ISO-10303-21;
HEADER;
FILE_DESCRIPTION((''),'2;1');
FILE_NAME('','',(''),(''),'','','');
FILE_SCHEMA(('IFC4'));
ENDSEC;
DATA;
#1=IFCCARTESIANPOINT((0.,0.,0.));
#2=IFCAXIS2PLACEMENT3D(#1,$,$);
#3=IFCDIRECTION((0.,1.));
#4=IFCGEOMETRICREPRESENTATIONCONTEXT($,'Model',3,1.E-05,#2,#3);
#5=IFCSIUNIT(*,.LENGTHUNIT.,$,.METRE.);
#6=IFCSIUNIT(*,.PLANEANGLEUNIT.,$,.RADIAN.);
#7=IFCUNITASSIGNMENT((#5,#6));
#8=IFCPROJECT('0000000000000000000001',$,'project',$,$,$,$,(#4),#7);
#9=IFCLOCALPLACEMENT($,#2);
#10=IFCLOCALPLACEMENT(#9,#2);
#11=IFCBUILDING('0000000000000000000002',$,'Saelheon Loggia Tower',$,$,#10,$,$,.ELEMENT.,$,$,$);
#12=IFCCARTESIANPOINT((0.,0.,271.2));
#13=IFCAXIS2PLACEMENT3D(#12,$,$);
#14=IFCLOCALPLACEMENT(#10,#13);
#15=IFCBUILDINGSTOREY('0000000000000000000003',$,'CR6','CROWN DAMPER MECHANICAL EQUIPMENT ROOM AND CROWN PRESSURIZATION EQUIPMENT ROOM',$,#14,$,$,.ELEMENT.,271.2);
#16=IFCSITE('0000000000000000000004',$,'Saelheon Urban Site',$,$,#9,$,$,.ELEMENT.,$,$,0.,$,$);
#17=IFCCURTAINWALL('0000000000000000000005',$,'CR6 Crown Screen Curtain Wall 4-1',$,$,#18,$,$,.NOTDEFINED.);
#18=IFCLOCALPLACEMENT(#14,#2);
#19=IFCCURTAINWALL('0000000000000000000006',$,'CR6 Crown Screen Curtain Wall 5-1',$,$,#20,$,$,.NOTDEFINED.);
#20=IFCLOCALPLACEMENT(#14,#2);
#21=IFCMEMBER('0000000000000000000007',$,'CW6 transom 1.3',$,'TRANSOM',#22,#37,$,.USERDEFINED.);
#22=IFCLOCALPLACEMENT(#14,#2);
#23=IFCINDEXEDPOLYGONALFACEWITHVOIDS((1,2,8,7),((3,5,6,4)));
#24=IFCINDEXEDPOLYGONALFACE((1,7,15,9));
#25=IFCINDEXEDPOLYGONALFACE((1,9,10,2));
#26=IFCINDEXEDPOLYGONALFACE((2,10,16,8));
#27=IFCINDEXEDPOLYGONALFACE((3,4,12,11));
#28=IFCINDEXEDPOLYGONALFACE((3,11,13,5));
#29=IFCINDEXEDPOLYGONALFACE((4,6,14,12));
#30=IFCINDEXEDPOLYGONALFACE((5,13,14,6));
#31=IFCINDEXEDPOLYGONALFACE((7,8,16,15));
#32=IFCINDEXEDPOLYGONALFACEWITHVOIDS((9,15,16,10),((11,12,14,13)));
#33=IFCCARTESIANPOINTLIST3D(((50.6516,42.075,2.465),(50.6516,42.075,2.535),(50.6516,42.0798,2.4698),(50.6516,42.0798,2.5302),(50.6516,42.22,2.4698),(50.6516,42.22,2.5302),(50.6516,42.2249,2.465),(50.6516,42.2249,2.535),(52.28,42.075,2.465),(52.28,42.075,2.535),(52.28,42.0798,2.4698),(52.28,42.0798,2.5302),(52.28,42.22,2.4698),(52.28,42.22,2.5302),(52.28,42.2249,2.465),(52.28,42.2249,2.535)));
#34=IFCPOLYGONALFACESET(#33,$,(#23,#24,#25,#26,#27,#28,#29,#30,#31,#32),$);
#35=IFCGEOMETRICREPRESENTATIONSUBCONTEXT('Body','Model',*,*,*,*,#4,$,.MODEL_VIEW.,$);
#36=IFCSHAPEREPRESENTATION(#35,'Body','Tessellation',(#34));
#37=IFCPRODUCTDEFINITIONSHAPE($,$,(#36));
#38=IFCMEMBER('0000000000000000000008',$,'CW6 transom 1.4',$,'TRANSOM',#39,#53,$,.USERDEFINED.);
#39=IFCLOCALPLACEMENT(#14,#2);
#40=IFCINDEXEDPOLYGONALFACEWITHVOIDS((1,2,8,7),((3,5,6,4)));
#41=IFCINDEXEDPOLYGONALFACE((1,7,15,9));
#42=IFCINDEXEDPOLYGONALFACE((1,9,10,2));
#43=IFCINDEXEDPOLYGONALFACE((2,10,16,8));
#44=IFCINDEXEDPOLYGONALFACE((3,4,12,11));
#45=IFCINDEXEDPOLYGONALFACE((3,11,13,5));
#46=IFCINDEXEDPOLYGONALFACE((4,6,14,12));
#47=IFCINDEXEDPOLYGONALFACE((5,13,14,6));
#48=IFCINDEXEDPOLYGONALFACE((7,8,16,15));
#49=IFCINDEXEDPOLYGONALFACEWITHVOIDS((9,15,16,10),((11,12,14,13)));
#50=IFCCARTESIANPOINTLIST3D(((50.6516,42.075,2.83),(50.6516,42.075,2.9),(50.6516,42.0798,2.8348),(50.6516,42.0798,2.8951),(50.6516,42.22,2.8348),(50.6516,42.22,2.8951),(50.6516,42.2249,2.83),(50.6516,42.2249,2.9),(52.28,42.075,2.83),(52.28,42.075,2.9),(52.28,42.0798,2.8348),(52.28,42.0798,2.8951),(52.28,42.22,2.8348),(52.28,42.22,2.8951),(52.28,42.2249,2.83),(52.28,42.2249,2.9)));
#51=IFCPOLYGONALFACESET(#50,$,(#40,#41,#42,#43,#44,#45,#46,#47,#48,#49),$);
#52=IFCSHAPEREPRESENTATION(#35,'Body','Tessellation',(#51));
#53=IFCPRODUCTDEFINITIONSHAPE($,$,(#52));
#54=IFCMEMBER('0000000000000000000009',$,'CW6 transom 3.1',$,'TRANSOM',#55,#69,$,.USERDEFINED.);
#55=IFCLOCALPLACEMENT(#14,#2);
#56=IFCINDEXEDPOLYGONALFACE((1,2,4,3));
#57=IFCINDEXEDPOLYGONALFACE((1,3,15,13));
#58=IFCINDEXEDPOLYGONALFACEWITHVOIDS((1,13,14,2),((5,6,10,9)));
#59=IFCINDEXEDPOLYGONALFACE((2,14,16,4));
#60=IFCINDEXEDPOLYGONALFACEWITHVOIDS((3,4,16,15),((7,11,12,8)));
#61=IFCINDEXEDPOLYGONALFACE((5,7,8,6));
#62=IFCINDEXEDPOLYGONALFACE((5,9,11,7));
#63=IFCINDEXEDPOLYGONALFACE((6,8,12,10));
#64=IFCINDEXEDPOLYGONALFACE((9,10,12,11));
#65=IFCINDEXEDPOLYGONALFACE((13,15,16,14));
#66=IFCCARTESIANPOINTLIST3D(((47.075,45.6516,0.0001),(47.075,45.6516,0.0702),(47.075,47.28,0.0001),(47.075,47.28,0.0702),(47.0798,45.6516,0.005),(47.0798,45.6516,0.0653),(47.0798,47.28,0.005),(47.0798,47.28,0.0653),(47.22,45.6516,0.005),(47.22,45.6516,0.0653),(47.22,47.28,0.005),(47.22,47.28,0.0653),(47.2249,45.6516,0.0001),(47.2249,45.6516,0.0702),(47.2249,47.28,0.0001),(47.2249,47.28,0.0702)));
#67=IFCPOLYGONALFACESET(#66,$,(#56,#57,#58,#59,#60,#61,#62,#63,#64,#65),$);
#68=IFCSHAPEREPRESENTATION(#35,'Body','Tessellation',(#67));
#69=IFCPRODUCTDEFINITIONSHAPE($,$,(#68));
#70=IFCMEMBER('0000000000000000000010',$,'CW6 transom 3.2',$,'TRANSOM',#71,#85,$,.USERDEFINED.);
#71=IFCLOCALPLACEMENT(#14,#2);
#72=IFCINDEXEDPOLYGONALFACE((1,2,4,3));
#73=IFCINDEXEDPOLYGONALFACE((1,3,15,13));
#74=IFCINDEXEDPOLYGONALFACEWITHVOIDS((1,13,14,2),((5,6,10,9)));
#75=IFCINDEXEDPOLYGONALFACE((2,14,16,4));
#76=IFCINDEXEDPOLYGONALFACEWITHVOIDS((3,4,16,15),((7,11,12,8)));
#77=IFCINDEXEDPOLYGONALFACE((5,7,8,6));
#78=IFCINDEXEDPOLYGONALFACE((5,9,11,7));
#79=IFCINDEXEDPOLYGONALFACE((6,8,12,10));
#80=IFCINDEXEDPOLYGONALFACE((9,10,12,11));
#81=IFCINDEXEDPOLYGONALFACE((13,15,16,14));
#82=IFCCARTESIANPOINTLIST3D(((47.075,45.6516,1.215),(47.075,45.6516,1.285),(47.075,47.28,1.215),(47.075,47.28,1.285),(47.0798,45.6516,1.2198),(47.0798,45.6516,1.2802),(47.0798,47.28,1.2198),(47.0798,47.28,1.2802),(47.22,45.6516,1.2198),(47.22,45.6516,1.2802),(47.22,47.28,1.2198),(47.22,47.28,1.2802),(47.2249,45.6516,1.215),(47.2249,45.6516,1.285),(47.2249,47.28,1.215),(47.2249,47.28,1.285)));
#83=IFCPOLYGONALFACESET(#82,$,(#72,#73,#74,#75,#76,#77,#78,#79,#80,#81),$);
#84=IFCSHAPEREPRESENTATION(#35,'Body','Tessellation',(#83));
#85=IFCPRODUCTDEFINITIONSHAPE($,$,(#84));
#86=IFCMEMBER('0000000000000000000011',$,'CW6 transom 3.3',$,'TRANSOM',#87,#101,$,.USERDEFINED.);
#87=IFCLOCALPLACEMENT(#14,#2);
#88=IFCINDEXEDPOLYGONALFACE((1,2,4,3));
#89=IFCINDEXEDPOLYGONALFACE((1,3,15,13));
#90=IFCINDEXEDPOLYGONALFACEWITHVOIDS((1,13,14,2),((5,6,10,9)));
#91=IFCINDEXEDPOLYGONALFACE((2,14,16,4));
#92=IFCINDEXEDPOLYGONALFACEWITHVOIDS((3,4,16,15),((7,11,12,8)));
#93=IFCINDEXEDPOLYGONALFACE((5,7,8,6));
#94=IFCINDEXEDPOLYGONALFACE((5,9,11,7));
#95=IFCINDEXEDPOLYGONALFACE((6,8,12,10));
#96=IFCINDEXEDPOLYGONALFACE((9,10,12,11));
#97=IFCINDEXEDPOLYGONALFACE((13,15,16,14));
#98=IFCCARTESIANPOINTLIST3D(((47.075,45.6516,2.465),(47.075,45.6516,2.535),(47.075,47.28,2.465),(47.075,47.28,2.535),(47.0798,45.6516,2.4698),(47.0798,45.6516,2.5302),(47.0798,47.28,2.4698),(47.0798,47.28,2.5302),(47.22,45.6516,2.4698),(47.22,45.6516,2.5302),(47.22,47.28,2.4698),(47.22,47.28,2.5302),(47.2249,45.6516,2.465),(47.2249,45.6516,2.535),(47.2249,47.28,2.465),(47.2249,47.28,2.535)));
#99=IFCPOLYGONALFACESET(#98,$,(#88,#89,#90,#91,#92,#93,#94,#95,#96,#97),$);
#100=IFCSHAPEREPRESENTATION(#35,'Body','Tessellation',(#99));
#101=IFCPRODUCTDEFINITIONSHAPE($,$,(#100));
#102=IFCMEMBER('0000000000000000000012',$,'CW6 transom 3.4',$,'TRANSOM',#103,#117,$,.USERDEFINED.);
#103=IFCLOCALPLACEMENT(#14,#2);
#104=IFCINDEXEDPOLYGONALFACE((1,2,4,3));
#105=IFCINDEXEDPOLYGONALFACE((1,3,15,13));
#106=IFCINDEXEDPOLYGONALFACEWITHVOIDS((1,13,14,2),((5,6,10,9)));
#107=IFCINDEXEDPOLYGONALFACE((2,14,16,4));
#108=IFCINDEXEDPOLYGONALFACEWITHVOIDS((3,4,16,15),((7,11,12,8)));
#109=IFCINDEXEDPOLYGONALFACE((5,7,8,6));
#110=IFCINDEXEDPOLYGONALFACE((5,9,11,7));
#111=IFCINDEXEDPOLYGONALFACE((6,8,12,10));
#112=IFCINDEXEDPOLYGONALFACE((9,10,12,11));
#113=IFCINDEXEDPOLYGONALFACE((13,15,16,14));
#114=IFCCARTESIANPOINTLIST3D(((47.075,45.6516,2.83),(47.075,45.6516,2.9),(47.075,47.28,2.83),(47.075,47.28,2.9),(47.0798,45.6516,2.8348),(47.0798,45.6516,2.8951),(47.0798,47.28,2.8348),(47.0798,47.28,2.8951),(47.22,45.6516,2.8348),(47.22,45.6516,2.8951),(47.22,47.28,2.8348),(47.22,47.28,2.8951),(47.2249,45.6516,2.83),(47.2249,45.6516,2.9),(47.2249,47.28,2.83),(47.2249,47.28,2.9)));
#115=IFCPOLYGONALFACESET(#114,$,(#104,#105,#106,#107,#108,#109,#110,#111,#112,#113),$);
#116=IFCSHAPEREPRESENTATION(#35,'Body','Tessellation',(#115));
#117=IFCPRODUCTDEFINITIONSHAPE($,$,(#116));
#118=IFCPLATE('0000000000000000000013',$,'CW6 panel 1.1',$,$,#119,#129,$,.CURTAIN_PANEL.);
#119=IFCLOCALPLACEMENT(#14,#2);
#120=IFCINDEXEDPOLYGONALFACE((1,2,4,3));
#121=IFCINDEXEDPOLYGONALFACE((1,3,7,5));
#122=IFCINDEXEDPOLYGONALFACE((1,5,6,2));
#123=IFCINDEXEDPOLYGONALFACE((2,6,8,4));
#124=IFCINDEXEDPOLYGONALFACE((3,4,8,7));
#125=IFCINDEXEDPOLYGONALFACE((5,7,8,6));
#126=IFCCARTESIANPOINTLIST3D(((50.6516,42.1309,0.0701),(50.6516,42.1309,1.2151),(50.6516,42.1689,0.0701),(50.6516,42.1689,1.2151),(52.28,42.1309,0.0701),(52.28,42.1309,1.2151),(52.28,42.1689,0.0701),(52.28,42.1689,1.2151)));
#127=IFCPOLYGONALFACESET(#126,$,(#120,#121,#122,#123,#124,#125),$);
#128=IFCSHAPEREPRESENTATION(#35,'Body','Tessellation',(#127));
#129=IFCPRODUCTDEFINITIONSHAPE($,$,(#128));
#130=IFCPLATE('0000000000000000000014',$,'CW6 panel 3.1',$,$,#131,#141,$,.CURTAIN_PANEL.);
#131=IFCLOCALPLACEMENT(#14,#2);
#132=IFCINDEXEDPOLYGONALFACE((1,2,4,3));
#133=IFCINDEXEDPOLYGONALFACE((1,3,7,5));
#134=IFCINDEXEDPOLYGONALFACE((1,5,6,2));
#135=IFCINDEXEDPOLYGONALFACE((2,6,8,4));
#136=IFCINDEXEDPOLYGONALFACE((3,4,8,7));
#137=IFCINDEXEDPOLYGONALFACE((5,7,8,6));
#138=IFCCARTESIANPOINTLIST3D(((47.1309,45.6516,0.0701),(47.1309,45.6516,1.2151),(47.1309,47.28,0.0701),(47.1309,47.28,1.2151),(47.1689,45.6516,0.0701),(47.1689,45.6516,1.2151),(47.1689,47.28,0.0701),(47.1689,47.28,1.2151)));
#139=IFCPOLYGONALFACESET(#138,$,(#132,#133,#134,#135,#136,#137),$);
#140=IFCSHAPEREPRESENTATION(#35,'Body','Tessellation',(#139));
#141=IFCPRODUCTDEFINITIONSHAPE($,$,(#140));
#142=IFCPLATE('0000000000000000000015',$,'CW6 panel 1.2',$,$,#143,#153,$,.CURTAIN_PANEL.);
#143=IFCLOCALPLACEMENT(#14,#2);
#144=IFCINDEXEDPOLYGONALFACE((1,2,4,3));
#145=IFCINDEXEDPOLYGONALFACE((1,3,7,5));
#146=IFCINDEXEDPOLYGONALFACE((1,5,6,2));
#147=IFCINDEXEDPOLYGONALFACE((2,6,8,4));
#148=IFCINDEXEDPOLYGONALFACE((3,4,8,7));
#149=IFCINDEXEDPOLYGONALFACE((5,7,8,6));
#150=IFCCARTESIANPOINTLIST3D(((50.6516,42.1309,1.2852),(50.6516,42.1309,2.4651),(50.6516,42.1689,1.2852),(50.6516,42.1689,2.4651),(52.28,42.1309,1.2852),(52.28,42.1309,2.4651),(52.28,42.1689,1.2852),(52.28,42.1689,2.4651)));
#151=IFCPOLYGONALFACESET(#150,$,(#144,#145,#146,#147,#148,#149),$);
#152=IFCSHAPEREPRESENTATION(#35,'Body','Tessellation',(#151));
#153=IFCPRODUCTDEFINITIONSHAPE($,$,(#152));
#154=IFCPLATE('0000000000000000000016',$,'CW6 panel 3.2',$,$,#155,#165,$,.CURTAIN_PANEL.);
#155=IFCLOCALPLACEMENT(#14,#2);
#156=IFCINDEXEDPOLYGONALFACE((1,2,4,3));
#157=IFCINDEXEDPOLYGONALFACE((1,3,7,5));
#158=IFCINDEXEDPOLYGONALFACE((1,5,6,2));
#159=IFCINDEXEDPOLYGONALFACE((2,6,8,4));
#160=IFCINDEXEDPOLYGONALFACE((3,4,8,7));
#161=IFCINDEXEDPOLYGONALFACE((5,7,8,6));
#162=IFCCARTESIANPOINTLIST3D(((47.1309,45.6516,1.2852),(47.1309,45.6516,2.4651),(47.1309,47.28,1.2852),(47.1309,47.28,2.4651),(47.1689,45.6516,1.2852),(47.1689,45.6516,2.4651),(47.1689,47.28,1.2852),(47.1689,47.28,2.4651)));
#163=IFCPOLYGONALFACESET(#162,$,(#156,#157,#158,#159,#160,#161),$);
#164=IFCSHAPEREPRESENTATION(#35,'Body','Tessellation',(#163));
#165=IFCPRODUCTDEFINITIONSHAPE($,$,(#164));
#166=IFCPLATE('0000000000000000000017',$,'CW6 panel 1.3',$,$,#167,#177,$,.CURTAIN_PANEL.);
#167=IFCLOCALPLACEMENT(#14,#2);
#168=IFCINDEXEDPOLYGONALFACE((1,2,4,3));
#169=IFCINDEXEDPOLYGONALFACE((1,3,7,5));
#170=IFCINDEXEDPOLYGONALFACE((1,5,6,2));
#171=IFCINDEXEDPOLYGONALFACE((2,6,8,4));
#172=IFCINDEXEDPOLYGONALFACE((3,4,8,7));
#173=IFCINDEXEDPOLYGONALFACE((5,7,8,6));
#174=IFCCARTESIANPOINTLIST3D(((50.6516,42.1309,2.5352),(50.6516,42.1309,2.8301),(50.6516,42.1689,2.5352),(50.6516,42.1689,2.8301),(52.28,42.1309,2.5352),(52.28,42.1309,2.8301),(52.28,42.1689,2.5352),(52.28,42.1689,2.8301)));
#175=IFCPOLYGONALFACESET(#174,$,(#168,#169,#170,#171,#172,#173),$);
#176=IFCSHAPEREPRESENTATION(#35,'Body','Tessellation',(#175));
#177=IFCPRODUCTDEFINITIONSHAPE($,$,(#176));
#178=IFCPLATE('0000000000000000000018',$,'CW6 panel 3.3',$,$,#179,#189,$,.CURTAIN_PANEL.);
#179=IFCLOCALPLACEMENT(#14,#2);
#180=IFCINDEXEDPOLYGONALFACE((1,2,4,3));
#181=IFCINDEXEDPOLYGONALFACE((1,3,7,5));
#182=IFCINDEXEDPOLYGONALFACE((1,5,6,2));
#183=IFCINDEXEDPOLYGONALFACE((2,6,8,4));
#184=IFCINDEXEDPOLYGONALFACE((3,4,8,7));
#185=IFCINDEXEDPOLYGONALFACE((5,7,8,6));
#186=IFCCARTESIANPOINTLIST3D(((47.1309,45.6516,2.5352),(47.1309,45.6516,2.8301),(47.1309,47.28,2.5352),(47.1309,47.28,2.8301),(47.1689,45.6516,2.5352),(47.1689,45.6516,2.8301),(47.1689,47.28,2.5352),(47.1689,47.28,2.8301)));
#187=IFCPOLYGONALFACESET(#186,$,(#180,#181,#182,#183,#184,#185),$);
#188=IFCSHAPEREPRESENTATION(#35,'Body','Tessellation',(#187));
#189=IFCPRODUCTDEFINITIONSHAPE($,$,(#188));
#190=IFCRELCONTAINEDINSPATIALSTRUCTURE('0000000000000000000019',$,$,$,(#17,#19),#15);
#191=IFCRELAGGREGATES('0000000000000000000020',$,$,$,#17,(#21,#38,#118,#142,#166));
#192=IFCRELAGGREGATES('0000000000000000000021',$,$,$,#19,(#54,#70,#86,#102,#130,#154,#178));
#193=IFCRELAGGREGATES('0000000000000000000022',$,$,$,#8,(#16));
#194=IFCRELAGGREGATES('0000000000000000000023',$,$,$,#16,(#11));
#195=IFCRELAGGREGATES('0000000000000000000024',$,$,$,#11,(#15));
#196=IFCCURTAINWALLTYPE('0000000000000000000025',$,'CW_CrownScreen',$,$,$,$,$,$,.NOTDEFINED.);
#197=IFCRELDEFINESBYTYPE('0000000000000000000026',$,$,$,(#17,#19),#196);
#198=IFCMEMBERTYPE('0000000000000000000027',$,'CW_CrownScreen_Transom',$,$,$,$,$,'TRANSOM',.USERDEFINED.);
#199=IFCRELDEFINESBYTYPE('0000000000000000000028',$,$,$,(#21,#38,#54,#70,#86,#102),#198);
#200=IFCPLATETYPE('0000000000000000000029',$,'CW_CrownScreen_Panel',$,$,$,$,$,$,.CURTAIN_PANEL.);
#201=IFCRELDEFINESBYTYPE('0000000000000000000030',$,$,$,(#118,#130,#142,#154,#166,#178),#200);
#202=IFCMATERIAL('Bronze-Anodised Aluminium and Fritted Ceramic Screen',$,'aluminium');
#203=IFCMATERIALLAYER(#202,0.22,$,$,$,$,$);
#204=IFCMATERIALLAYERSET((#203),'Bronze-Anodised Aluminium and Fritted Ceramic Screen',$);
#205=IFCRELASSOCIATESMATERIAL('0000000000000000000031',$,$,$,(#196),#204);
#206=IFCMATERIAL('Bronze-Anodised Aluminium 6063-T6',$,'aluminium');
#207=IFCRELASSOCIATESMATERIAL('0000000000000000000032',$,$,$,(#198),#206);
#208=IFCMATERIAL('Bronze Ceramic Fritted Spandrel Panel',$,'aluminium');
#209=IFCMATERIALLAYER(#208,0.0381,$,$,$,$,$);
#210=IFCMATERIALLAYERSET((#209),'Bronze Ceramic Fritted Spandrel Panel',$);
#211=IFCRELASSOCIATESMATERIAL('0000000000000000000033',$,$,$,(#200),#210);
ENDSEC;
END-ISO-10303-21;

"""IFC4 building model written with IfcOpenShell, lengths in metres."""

from ifc_helpers import new_model, si_unit, direction, frame, origin, origin_2d, place, context, subcontext, project, spatial, rectangle, hollow_rectangle, extrude, source, transform, mapped, material, layer, layer_set, material_profile, profile_set, type_object, element, aggregate, save


model = new_model("IFC4")

# Units and contexts
model_context = context("Model", 3, precision=1e-05, world=origin(), true_north=direction((0.0, 1.0)))
body_context = subcontext(model_context, "Body", "Model", "MODEL_VIEW")
ifc_project = project(units=[si_unit("LENGTHUNIT", "METRE"), si_unit("PLANEANGLEUNIT", "RADIAN")], contexts=[model_context])

# Site, building, storey
site_placement = place(None, origin())
site = spatial("IfcSite", under=ifc_project, at=site_placement, Name="Saelheon Urban Site", CompositionType="ELEMENT", RefElevation=0.0)
building_placement = place(site_placement, origin())
building = spatial("IfcBuilding", under=site, at=building_placement, Name="Saelheon Loggia Tower", CompositionType="ELEMENT")
storey_placement = place(building_placement, frame((0.0, 0.0, 271.2)))
storey = spatial("IfcBuildingStorey", under=building, at=storey_placement, Name="CR6", Description="CROWN DAMPER MECHANICAL EQUIPMENT ROOM AND CROWN PRESSURIZATION EQUIPMENT ROOM", CompositionType="ELEMENT", Elevation=271.2)

# Curtain walls
ifc_material_1 = material(Name="Bronze-Anodised Aluminium and Fritted Ceramic Screen", Category="aluminium")
ifc_layer_1 = layer(ifc_material_1, 0.22)
ifc_layer_set_1 = layer_set([ifc_layer_1], Name="Bronze-Anodised Aluminium and Fritted Ceramic Screen")
curtain_wall_type = type_object("IfcCurtainWallType", Name="CW_CrownScreen", PredefinedType="NOTDEFINED", material=ifc_layer_set_1)
curtain_wall_1_placement = place(storey_placement, origin())
curtain_wall_1 = element("IfcCurtainWall", 1, at=curtain_wall_1_placement, inside=storey, type_object=curtain_wall_type, Name="CR6 Crown Screen Curtain Wall 4-1", PredefinedType="NOTDEFINED")
ifc_material_2 = material(Name="Bronze-Anodised Aluminium 6063-T6", Category="aluminium")
curtain_wall_2_placement = place(storey_placement, origin())
curtain_wall_2 = element("IfcCurtainWall", 2, at=curtain_wall_2_placement, inside=storey, type_object=curtain_wall_type, Name="CR6 Crown Screen Curtain Wall 5-1", PredefinedType="NOTDEFINED")

# Members
ifc_material_profile_1 = material_profile(ifc_material_2, hollow_rectangle(XDim=0.0701, YDim=0.1499, WallThickness=0.0049, at=origin_2d()), Name="RHS-150x70x5")
ifc_profile_set_1 = profile_set([ifc_material_profile_1], Name="Bronze-Anodised Aluminium 6063-T6")
member_type_1 = type_object("IfcMemberType", Name="CW_CrownScreen_Transom", ElementType="TRANSOM", PredefinedType="USERDEFINED", material=ifc_profile_set_1)
shared_shape_1 = source(origin(), body_context, "Body", "SweptSolid", [
    extrude(hollow_rectangle(XDim=0.0701, YDim=0.1499, WallThickness=0.0049, at=origin_2d()), origin(), (0.0, 0.0, 1.0), 1.6284),
])
member_1_placement = place(storey_placement, frame((52.28, 42.1499, 2.5), z_axis=(-1.0, 0.0, 0.0), x_axis=(0.0, 0.0, 1.0)))
member_1 = element("IfcMember", 3, at=member_1_placement, type_object=member_type_1, Name="CW6 transom 1.3", ObjectType="TRANSOM", PredefinedType="USERDEFINED", context=body_context, shape_type="MappedRepresentation", body=[
    mapped(shared_shape_1, transform((0.0, 0.0, 0.0), scale=1.0)),
])
member_2_placement = place(storey_placement, frame((52.28, 42.1499, 2.865), z_axis=(-1.0, 0.0, 0.0), x_axis=(0.0, 0.0, 1.0)))
member_2 = element("IfcMember", 4, at=member_2_placement, type_object=member_type_1, Name="CW6 transom 1.4", ObjectType="TRANSOM", PredefinedType="USERDEFINED", context=body_context, shape_type="MappedRepresentation", body=[
    mapped(shared_shape_1, transform((0.0, 0.0, 0.0), scale=1.0)),
])
member_3_placement = place(storey_placement, frame((47.1499, 45.6516, 0.0352), z_axis=(0.0, 1.0, 0.0), x_axis=(0.0, 0.0, 1.0)))
member_3 = element("IfcMember", 5, at=member_3_placement, type_object=member_type_1, Name="CW6 transom 3.1", ObjectType="TRANSOM", PredefinedType="USERDEFINED", context=body_context, shape_type="MappedRepresentation", body=[
    mapped(shared_shape_1, transform((0.0, 0.0, 0.0), scale=1.0)),
])
member_4_placement = place(storey_placement, frame((47.1499, 45.6516, 1.25), z_axis=(0.0, 1.0, 0.0), x_axis=(0.0, 0.0, 1.0)))
member_4 = element("IfcMember", 6, at=member_4_placement, type_object=member_type_1, Name="CW6 transom 3.2", ObjectType="TRANSOM", PredefinedType="USERDEFINED", context=body_context, shape_type="MappedRepresentation", body=[
    mapped(shared_shape_1, transform((0.0, 0.0, 0.0), scale=1.0)),
])
member_5_placement = place(storey_placement, frame((47.1499, 45.6516, 2.5), z_axis=(0.0, 1.0, 0.0), x_axis=(0.0, 0.0, 1.0)))
member_5 = element("IfcMember", 7, at=member_5_placement, type_object=member_type_1, Name="CW6 transom 3.3", ObjectType="TRANSOM", PredefinedType="USERDEFINED", context=body_context, shape_type="MappedRepresentation", body=[
    mapped(shared_shape_1, transform((0.0, 0.0, 0.0), scale=1.0)),
])
member_6_placement = place(storey_placement, frame((47.1499, 45.6516, 2.865), z_axis=(0.0, 1.0, 0.0), x_axis=(0.0, 0.0, 1.0)))
member_6 = element("IfcMember", 8, at=member_6_placement, type_object=member_type_1, Name="CW6 transom 3.4", ObjectType="TRANSOM", PredefinedType="USERDEFINED", context=body_context, shape_type="MappedRepresentation", body=[
    mapped(shared_shape_1, transform((0.0, 0.0, 0.0), scale=1.0)),
])

# Plates
ifc_material_3 = material(Name="Bronze Ceramic Fritted Spandrel Panel", Category="aluminium")
ifc_layer_2 = layer(ifc_material_3, 0.0381)
ifc_layer_set_2 = layer_set([ifc_layer_2], Name="Bronze Ceramic Fritted Spandrel Panel")
plate_type = type_object("IfcPlateType", Name="CW_CrownScreen_Panel", PredefinedType="CURTAIN_PANEL", material=ifc_layer_set_2)
shared_shape_2 = source(origin(), body_context, "Body", "SweptSolid", [
    extrude(rectangle(XDim=1.6284, YDim=0.0381, at=origin_2d()), origin(), (0.0, 0.0, 1.0), 1.145),
])
plate_1_placement = place(storey_placement, frame((51.4658, 42.1499, 0.0701), z_axis=(0.0, 0.0, 1.0), x_axis=(-1.0, 0.0, 0.0)))
plate_1 = element("IfcPlate", 9, at=plate_1_placement, type_object=plate_type, Name="CW6 panel 1.1", PredefinedType="CURTAIN_PANEL", context=body_context, shape_type="MappedRepresentation", body=[
    mapped(shared_shape_2, transform((0.0, 0.0, 0.0), scale=1.0)),
])
plate_2_placement = place(storey_placement, frame((47.1499, 46.4658, 0.0701), z_axis=(0.0, 0.0, 1.0), x_axis=(0.0, 1.0, 0.0)))
plate_2 = element("IfcPlate", 10, at=plate_2_placement, type_object=plate_type, Name="CW6 panel 3.1", PredefinedType="CURTAIN_PANEL", context=body_context, shape_type="MappedRepresentation", body=[
    mapped(shared_shape_2, transform((0.0, 0.0, 0.0), scale=1.0)),
])
shared_shape_3 = source(origin(), body_context, "Body", "SweptSolid", [
    extrude(rectangle(XDim=1.6284, YDim=0.0381, at=origin_2d()), origin(), (0.0, 0.0, 1.0), 1.1799),
])
plate_3_placement = place(storey_placement, frame((51.4658, 42.1499, 1.2852), z_axis=(0.0, 0.0, 1.0), x_axis=(-1.0, 0.0, 0.0)))
plate_3 = element("IfcPlate", 11, at=plate_3_placement, type_object=plate_type, Name="CW6 panel 1.2", PredefinedType="CURTAIN_PANEL", context=body_context, shape_type="MappedRepresentation", body=[
    mapped(shared_shape_3, transform((0.0, 0.0, 0.0), scale=1.0)),
])
plate_4_placement = place(storey_placement, frame((47.1499, 46.4658, 1.2852), z_axis=(0.0, 0.0, 1.0), x_axis=(0.0, 1.0, 0.0)))
plate_4 = element("IfcPlate", 12, at=plate_4_placement, type_object=plate_type, Name="CW6 panel 3.2", PredefinedType="CURTAIN_PANEL", context=body_context, shape_type="MappedRepresentation", body=[
    mapped(shared_shape_3, transform((0.0, 0.0, 0.0), scale=1.0)),
])
shared_shape_4 = source(origin(), body_context, "Body", "SweptSolid", [
    extrude(rectangle(XDim=1.6284, YDim=0.0381, at=origin_2d()), origin(), (0.0, 0.0, 1.0), 0.2949),
])
plate_5_placement = place(storey_placement, frame((51.4658, 42.1499, 2.5352), z_axis=(0.0, 0.0, 1.0), x_axis=(-1.0, 0.0, 0.0)))
plate_5 = element("IfcPlate", 13, at=plate_5_placement, type_object=plate_type, Name="CW6 panel 1.3", PredefinedType="CURTAIN_PANEL", context=body_context, shape_type="MappedRepresentation", body=[
    mapped(shared_shape_4, transform((0.0, 0.0, 0.0), scale=1.0)),
])
aggregate(curtain_wall_1, [member_1, member_2, plate_1, plate_3, plate_5])
plate_6_placement = place(storey_placement, frame((47.1499, 46.4658, 2.5352), z_axis=(0.0, 0.0, 1.0), x_axis=(0.0, 1.0, 0.0)))
plate_6 = element("IfcPlate", 14, at=plate_6_placement, type_object=plate_type, Name="CW6 panel 3.3", PredefinedType="CURTAIN_PANEL", context=body_context, shape_type="MappedRepresentation", body=[
    mapped(shared_shape_4, transform((0.0, 0.0, 0.0), scale=1.0)),
])
aggregate(curtain_wall_2, [member_3, member_4, member_5, member_6, plate_2, plate_4, plate_6])

save(model, "model.ifc")
